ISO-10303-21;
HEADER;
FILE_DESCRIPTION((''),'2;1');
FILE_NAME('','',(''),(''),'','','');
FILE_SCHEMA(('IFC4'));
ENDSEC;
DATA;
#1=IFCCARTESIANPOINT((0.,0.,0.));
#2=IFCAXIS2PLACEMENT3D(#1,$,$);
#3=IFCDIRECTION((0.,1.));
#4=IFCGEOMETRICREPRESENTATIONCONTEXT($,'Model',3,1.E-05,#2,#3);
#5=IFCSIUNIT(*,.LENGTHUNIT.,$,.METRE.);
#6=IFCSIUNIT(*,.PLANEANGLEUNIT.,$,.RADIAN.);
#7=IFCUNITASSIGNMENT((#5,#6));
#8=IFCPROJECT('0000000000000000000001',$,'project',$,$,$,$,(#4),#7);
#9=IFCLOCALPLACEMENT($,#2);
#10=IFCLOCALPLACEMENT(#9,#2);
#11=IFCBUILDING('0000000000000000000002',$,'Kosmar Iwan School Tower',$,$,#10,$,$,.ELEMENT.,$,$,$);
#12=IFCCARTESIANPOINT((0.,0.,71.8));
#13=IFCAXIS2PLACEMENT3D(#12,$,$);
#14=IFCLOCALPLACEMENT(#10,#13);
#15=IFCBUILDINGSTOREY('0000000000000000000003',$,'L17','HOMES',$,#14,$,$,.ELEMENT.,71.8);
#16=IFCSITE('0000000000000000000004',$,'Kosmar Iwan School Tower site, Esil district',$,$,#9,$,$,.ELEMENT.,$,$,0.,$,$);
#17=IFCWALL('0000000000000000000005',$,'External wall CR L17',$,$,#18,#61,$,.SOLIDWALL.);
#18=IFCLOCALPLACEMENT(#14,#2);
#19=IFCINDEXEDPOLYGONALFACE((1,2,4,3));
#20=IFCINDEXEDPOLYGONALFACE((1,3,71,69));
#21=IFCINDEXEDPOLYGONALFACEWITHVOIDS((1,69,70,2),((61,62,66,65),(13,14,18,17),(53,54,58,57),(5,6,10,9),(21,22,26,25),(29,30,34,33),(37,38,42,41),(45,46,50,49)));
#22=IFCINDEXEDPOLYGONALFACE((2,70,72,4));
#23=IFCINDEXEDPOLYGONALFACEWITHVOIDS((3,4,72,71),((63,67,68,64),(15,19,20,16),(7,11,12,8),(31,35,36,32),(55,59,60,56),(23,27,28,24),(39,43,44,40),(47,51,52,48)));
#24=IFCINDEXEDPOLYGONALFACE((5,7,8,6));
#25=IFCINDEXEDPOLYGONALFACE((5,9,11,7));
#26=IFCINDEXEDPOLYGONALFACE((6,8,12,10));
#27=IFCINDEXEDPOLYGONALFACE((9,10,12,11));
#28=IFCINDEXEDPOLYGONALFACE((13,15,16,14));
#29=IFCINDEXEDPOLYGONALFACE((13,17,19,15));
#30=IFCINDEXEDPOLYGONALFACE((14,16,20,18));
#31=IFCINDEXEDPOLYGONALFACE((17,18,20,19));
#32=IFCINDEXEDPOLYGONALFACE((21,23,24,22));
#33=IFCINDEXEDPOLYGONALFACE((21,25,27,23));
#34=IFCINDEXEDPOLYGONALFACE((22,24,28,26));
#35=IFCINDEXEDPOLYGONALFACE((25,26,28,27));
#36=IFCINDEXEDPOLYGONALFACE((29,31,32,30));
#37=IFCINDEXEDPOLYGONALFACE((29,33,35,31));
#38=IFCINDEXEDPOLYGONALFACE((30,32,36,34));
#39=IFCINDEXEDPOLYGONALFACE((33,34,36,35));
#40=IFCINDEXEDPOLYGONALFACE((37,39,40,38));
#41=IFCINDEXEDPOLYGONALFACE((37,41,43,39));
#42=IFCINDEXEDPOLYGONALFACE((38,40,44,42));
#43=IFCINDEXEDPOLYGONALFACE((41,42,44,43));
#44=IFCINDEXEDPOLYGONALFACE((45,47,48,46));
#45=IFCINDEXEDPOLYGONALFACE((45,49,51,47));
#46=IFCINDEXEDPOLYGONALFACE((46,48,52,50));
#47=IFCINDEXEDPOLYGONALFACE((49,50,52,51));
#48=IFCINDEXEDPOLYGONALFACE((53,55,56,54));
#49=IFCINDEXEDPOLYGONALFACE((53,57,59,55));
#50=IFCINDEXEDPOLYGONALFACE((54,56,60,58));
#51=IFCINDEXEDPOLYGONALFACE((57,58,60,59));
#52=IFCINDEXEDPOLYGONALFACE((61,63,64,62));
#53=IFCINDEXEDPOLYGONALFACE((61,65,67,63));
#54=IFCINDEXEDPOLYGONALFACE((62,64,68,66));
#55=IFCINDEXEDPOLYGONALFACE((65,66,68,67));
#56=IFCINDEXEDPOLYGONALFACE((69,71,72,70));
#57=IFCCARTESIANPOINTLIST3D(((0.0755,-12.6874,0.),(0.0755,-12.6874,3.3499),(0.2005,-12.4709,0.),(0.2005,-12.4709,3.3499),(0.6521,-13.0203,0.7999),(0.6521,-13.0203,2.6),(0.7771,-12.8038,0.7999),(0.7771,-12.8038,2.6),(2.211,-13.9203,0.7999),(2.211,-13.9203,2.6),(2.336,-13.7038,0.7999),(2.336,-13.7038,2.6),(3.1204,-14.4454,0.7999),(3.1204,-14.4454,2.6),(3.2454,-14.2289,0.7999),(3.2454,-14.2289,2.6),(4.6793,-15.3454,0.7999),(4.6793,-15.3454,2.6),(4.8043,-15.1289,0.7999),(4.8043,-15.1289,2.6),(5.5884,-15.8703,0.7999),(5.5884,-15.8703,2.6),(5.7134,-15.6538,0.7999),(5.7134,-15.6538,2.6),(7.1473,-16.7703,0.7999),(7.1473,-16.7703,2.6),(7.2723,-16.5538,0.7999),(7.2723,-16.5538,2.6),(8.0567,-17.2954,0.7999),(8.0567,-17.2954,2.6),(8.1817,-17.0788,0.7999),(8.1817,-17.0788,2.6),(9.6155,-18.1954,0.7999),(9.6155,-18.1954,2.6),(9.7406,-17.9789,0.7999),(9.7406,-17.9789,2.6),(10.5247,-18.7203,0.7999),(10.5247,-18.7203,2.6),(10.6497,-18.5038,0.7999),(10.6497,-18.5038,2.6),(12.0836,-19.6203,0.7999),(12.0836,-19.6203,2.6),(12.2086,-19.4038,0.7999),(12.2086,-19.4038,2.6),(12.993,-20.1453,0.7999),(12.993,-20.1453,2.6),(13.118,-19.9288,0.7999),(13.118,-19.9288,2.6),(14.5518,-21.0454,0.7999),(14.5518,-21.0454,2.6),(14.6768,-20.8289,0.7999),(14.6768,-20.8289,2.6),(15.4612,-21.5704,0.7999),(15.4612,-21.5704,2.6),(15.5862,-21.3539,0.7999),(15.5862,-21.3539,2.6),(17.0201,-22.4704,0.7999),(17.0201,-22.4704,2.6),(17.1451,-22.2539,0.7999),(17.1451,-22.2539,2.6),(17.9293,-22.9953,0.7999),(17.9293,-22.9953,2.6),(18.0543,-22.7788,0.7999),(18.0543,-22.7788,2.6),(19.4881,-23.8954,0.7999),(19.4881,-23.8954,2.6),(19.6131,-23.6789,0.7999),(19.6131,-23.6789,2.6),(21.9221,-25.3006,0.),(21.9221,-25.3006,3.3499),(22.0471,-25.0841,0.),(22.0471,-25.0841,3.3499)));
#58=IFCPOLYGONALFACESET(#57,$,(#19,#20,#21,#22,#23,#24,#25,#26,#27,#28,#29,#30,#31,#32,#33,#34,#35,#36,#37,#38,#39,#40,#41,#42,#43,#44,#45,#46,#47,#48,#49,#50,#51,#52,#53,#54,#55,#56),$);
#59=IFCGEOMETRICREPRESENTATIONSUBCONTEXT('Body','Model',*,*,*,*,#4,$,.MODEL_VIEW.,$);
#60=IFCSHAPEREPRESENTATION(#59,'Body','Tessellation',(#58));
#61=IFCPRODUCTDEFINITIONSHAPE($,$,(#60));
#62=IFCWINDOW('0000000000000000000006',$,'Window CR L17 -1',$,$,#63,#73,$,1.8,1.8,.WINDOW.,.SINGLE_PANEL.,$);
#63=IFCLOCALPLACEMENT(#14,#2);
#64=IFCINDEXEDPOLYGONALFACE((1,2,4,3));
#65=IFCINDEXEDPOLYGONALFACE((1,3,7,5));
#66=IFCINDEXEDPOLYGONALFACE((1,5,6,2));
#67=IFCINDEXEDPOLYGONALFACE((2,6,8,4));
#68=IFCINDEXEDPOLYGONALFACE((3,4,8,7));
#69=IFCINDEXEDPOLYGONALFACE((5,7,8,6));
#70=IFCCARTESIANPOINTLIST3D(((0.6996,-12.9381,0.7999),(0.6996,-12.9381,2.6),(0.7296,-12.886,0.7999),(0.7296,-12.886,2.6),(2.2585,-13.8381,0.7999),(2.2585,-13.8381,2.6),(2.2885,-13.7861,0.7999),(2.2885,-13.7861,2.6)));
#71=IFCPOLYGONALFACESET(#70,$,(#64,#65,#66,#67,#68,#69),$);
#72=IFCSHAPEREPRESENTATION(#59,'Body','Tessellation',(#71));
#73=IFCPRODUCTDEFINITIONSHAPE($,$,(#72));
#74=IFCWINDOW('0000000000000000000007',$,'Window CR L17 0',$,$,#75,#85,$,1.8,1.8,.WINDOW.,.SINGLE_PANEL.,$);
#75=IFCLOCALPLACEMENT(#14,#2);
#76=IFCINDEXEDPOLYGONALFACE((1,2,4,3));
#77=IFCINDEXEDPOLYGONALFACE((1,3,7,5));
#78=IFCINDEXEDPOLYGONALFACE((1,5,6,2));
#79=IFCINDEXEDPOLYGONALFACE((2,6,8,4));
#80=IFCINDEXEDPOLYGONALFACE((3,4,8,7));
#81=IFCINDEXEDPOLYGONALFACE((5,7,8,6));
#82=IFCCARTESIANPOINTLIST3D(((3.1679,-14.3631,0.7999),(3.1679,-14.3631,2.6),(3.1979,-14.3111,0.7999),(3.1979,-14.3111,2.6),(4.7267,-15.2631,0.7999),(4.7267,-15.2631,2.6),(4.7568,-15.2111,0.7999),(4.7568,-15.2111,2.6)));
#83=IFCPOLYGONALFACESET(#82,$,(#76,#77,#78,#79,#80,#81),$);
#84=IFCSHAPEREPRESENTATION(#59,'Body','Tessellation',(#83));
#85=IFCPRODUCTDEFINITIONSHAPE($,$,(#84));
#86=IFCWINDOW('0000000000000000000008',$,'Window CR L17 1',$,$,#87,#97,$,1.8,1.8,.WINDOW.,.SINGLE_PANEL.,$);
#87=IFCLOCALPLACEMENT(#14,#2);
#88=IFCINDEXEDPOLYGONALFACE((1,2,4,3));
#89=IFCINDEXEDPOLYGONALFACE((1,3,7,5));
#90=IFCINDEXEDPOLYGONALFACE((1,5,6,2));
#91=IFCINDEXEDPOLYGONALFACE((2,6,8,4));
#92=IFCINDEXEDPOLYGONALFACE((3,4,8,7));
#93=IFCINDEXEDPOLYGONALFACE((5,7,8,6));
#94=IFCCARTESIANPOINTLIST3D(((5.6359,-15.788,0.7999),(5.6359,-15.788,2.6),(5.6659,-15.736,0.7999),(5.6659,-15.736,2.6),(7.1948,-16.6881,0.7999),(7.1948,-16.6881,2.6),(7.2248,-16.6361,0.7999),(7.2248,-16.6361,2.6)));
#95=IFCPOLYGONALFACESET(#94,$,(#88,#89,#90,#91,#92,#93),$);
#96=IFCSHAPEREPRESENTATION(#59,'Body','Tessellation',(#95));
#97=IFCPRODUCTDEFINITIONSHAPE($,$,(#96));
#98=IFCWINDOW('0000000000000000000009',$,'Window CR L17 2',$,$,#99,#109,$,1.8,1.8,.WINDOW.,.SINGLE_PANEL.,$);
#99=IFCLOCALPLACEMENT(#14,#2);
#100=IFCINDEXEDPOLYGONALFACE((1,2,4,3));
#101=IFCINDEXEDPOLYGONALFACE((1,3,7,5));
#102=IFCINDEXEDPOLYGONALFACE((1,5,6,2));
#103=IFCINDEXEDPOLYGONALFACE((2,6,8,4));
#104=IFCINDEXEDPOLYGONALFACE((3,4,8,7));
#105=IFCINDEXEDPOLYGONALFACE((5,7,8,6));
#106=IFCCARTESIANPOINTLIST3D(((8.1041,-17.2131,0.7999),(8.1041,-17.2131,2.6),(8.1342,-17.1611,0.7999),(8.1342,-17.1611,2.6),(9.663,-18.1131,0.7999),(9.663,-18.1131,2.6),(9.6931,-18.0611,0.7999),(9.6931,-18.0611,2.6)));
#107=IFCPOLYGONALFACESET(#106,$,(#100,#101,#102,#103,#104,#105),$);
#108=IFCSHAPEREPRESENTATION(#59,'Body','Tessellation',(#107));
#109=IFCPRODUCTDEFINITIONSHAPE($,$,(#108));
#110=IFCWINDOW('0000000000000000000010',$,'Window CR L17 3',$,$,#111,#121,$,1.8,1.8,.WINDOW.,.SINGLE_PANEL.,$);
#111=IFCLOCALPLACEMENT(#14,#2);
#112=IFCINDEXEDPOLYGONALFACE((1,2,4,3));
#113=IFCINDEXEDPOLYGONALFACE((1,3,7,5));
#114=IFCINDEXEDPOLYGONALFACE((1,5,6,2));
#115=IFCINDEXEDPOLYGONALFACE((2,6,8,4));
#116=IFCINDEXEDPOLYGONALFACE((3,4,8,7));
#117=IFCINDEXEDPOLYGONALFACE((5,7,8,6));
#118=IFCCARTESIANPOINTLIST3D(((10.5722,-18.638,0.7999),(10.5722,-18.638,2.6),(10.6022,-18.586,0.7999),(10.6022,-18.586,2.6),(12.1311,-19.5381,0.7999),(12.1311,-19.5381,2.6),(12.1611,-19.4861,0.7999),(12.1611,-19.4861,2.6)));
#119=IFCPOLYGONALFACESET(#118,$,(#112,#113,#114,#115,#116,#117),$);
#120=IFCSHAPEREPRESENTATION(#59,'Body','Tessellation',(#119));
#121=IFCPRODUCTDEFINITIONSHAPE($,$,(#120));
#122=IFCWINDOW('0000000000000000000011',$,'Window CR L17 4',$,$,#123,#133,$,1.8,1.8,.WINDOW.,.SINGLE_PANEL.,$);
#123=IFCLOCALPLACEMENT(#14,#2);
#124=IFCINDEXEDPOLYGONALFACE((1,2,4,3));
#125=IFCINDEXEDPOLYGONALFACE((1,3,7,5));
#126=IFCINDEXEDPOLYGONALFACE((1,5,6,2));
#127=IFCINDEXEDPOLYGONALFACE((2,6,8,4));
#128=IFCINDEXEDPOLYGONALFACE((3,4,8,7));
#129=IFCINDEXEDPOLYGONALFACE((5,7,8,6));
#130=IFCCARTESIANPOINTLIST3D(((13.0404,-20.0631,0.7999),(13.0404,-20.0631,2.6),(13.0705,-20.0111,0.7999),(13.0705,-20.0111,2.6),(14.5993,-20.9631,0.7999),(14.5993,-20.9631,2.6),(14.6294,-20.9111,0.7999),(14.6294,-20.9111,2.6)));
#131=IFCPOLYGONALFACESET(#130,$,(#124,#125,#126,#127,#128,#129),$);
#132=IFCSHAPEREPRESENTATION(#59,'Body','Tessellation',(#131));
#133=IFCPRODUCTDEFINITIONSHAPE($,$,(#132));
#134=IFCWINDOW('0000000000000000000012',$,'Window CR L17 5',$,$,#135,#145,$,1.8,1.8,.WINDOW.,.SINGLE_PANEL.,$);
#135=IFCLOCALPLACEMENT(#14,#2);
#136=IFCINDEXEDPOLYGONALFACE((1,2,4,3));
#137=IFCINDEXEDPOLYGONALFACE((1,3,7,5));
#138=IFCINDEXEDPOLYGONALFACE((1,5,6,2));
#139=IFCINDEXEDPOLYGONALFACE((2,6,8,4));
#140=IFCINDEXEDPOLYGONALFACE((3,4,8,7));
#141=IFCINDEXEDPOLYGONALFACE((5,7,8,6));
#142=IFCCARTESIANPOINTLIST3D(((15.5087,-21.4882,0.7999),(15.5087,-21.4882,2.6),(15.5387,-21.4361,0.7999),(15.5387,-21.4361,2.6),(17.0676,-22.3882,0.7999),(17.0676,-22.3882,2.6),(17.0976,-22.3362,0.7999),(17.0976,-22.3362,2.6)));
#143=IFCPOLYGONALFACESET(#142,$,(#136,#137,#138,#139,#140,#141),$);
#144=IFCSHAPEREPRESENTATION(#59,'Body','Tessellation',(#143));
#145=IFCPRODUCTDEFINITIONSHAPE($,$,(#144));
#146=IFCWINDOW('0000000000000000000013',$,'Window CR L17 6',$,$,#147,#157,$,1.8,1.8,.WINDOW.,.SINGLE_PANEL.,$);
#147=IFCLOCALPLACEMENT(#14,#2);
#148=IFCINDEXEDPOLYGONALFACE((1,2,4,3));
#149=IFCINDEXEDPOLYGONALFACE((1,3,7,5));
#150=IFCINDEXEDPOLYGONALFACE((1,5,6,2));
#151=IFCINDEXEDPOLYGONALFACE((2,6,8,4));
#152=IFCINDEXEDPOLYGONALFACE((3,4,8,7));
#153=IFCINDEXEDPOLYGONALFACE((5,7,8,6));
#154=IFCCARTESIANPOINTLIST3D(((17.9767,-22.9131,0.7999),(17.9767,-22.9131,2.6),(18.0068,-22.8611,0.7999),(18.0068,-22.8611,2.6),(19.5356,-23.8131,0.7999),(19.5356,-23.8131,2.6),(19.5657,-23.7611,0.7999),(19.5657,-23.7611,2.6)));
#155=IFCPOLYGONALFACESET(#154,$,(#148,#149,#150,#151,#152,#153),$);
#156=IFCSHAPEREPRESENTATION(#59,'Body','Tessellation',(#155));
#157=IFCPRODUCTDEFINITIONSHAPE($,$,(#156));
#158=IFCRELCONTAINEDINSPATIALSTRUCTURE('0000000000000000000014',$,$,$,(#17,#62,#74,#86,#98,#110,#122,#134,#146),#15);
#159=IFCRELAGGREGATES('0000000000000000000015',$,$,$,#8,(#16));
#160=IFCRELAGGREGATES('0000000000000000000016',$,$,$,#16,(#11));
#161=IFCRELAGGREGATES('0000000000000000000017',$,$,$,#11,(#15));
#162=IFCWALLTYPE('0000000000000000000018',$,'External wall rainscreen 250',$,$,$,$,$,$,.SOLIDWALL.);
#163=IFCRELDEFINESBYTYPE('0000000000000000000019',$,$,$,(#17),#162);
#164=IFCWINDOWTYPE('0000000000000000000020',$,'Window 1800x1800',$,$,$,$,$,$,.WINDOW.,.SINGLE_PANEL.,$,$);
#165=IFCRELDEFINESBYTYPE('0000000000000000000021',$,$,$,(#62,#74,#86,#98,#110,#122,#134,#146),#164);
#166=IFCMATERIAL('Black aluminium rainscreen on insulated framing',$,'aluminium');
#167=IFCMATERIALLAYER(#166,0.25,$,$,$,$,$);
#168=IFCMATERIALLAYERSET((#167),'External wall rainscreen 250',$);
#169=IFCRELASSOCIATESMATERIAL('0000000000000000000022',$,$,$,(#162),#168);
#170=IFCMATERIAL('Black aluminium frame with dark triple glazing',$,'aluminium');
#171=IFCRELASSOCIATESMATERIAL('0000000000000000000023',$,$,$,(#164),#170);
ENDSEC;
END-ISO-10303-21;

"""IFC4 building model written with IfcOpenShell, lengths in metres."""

from ifc_helpers import new_model, si_unit, direction, frame, frame_2d, origin, place, context, subcontext, project, spatial, rectangle, extrude, material, layer, layer_set, type_object, element, fill, save


model = new_model("IFC4")

# Units and contexts
model_context = context("Model", 3, precision=1e-05, world=origin(), true_north=direction((0.0, 1.0)))
body_context = subcontext(model_context, "Body", "Model", "MODEL_VIEW")
ifc_project = project(units=[si_unit("LENGTHUNIT", "METRE"), si_unit("PLANEANGLEUNIT", "RADIAN")], contexts=[model_context])

# Site, building, storey
site_placement = place(None, origin())
site = spatial("IfcSite", under=ifc_project, at=site_placement, Name="Kosmar Iwan School Tower site, Esil district", CompositionType="ELEMENT", RefElevation=0.0)
building_placement = place(site_placement, origin())
building = spatial("IfcBuilding", under=site, at=building_placement, Name="Kosmar Iwan School Tower", CompositionType="ELEMENT")
storey_placement = place(building_placement, frame((0.0, 0.0, 71.8)))
storey = spatial("IfcBuildingStorey", under=building, at=storey_placement, Name="L17", Description="HOMES", CompositionType="ELEMENT", Elevation=71.8)

# Wall, openings, windows
ifc_material_1 = material(Name="Black aluminium rainscreen on insulated framing", Category="aluminium")
ifc_layer_1 = layer(ifc_material_1, 0.25)
ifc_layer_set_1 = layer_set([ifc_layer_1], Name="External wall rainscreen 250")
wall_type_1 = type_object("IfcWallType", Name="External wall rainscreen 250", PredefinedType="SOLIDWALL", material=ifc_layer_set_1)
wall_1_placement = place(storey_placement, frame((0.1379, -12.5791, 0.0), z_axis=(0.0, 0.0, 1.0), x_axis=(0.866024, -0.500003, 0.0)))
wall_1 = element("IfcWall", 1, at=wall_1_placement, inside=storey, type_object=wall_type_1, Name="External wall CR L17", PredefinedType="SOLIDWALL", context=body_context, shape_type="SweptSolid", body=[
    extrude(rectangle(XDim=25.2263, YDim=0.25, at=frame_2d((12.6133, 0.0))), origin(), (0.0, 0.0, 1.0), 3.3499),
])
opening_1_placement = place(wall_1_placement, frame((0.666, 0.0, 0.8)))
opening_1 = element("IfcOpeningElement", 2, at=opening_1_placement, cuts=wall_1, PredefinedType="OPENING", context=body_context, shape_type="SweptSolid", body=[
    extrude(rectangle(XDim=1.8, YDim=1.8, at=frame_2d((0.8999, 0.8999))), frame((0.0, 0.137, 0.0), z_axis=(0.0, -1.0, 0.0), x_axis=(1.0, 0.0, 0.0)), (0.0, 0.0, 1.0), 0.2739),
])
opening_2_placement = place(wall_1_placement, frame((3.5161, 0.0, 0.8)))
opening_2 = element("IfcOpeningElement", 3, at=opening_2_placement, cuts=wall_1, PredefinedType="OPENING", context=body_context, shape_type="SweptSolid", body=[
    extrude(rectangle(XDim=1.8, YDim=1.8, at=frame_2d((0.8999, 0.8999))), frame((0.0, 0.137, 0.0), z_axis=(0.0, -1.0, 0.0), x_axis=(1.0, 0.0, 0.0)), (0.0, 0.0, 1.0), 0.2739),
])
opening_3_placement = place(wall_1_placement, frame((6.366, 0.0, 0.8)))
opening_3 = element("IfcOpeningElement", 4, at=opening_3_placement, cuts=wall_1, PredefinedType="OPENING", context=body_context, shape_type="SweptSolid", body=[
    extrude(rectangle(XDim=1.8, YDim=1.8, at=frame_2d((0.8999, 0.8999))), frame((0.0, 0.137, 0.0), z_axis=(0.0, -1.0, 0.0), x_axis=(1.0, 0.0, 0.0)), (0.0, 0.0, 1.0), 0.2739),
])
opening_4_placement = place(wall_1_placement, frame((9.2161, 0.0, 0.8)))
opening_4 = element("IfcOpeningElement", 5, at=opening_4_placement, cuts=wall_1, PredefinedType="OPENING", context=body_context, shape_type="SweptSolid", body=[
    extrude(rectangle(XDim=1.8, YDim=1.8, at=frame_2d((0.8999, 0.8999))), frame((0.0, 0.137, 0.0), z_axis=(0.0, -1.0, 0.0), x_axis=(1.0, 0.0, 0.0)), (0.0, 0.0, 1.0), 0.2739),
])
opening_5_placement = place(wall_1_placement, frame((12.0659, 0.0, 0.8)))
opening_5 = element("IfcOpeningElement", 6, at=opening_5_placement, cuts=wall_1, PredefinedType="OPENING", context=body_context, shape_type="SweptSolid", body=[
    extrude(rectangle(XDim=1.8, YDim=1.8, at=frame_2d((0.8999, 0.8999))), frame((0.0, 0.137, 0.0), z_axis=(0.0, -1.0, 0.0), x_axis=(1.0, 0.0, 0.0)), (0.0, 0.0, 1.0), 0.2739),
])
opening_6_placement = place(wall_1_placement, frame((14.916, 0.0, 0.8)))
opening_6 = element("IfcOpeningElement", 7, at=opening_6_placement, cuts=wall_1, PredefinedType="OPENING", context=body_context, shape_type="SweptSolid", body=[
    extrude(rectangle(XDim=1.8, YDim=1.8, at=frame_2d((0.8999, 0.8999))), frame((0.0, 0.137, 0.0), z_axis=(0.0, -1.0, 0.0), x_axis=(1.0, 0.0, 0.0)), (0.0, 0.0, 1.0), 0.2739),
])
opening_7_placement = place(wall_1_placement, frame((17.7661, 0.0, 0.8)))
opening_7 = element("IfcOpeningElement", 8, at=opening_7_placement, cuts=wall_1, PredefinedType="OPENING", context=body_context, shape_type="SweptSolid", body=[
    extrude(rectangle(XDim=1.8, YDim=1.8, at=frame_2d((0.8999, 0.8999))), frame((0.0, 0.137, 0.0), z_axis=(0.0, -1.0, 0.0), x_axis=(1.0, 0.0, 0.0)), (0.0, 0.0, 1.0), 0.2739),
])
opening_8_placement = place(wall_1_placement, frame((20.616, 0.0, 0.8)))
opening_8 = element("IfcOpeningElement", 9, at=opening_8_placement, cuts=wall_1, PredefinedType="OPENING", context=body_context, shape_type="SweptSolid", body=[
    extrude(rectangle(XDim=1.8, YDim=1.8, at=frame_2d((0.8999, 0.8999))), frame((0.0, 0.137, 0.0), z_axis=(0.0, -1.0, 0.0), x_axis=(1.0, 0.0, 0.0)), (0.0, 0.0, 1.0), 0.2739),
])
ifc_material_2 = material(Name="Black aluminium frame with dark triple glazing", Category="aluminium")
window_type = type_object("IfcWindowType", Name="Window 1800x1800", PartitioningType="SINGLE_PANEL", PredefinedType="WINDOW", material=ifc_material_2)
window_1_placement = place(opening_1_placement, origin())
window_1 = element("IfcWindow", 10, at=window_1_placement, inside=storey, type_object=window_type, Name="Window CR L17 -1", OverallHeight=1.8, OverallWidth=1.8, PartitioningType="SINGLE_PANEL", PredefinedType="WINDOW", context=body_context, shape_type="SweptSolid", body=[
    extrude(rectangle(XDim=1.8, YDim=1.8, at=frame_2d((0.8999, 0.8999))), frame((0.0, 0.03, 0.0), z_axis=(0.0, -1.0, 0.0), x_axis=(1.0, 0.0, 0.0)), (0.0, 0.0, 1.0), 0.0601),
])
fill(opening_1, window_1)
window_2_placement = place(opening_2_placement, origin())
window_2 = element("IfcWindow", 11, at=window_2_placement, inside=storey, type_object=window_type, Name="Window CR L17 0", OverallHeight=1.8, OverallWidth=1.8, PartitioningType="SINGLE_PANEL", PredefinedType="WINDOW", context=body_context, shape_type="SweptSolid", body=[
    extrude(rectangle(XDim=1.8, YDim=1.8, at=frame_2d((0.8999, 0.8999))), frame((0.0, 0.03, 0.0), z_axis=(0.0, -1.0, 0.0), x_axis=(1.0, 0.0, 0.0)), (0.0, 0.0, 1.0), 0.0601),
])
fill(opening_2, window_2)
window_3_placement = place(opening_3_placement, origin())
window_3 = element("IfcWindow", 12, at=window_3_placement, inside=storey, type_object=window_type, Name="Window CR L17 1", OverallHeight=1.8, OverallWidth=1.8, PartitioningType="SINGLE_PANEL", PredefinedType="WINDOW", context=body_context, shape_type="SweptSolid", body=[
    extrude(rectangle(XDim=1.8, YDim=1.8, at=frame_2d((0.8999, 0.8999))), frame((0.0, 0.03, 0.0), z_axis=(0.0, -1.0, 0.0), x_axis=(1.0, 0.0, 0.0)), (0.0, 0.0, 1.0), 0.0601),
])
fill(opening_3, window_3)
window_4_placement = place(opening_4_placement, origin())
window_4 = element("IfcWindow", 13, at=window_4_placement, inside=storey, type_object=window_type, Name="Window CR L17 2", OverallHeight=1.8, OverallWidth=1.8, PartitioningType="SINGLE_PANEL", PredefinedType="WINDOW", context=body_context, shape_type="SweptSolid", body=[
    extrude(rectangle(XDim=1.8, YDim=1.8, at=frame_2d((0.8999, 0.8999))), frame((0.0, 0.03, 0.0), z_axis=(0.0, -1.0, 0.0), x_axis=(1.0, 0.0, 0.0)), (0.0, 0.0, 1.0), 0.0601),
])
fill(opening_4, window_4)
window_5_placement = place(opening_5_placement, origin())
window_5 = element("IfcWindow", 14, at=window_5_placement, inside=storey, type_object=window_type, Name="Window CR L17 3", OverallHeight=1.8, OverallWidth=1.8, PartitioningType="SINGLE_PANEL", PredefinedType="WINDOW", context=body_context, shape_type="SweptSolid", body=[
    extrude(rectangle(XDim=1.8, YDim=1.8, at=frame_2d((0.8999, 0.8999))), frame((0.0, 0.03, 0.0), z_axis=(0.0, -1.0, 0.0), x_axis=(1.0, 0.0, 0.0)), (0.0, 0.0, 1.0), 0.0601),
])
fill(opening_5, window_5)
window_6_placement = place(opening_6_placement, origin())
window_6 = element("IfcWindow", 15, at=window_6_placement, inside=storey, type_object=window_type, Name="Window CR L17 4", OverallHeight=1.8, OverallWidth=1.8, PartitioningType="SINGLE_PANEL", PredefinedType="WINDOW", context=body_context, shape_type="SweptSolid", body=[
    extrude(rectangle(XDim=1.8, YDim=1.8, at=frame_2d((0.8999, 0.8999))), frame((0.0, 0.03, 0.0), z_axis=(0.0, -1.0, 0.0), x_axis=(1.0, 0.0, 0.0)), (0.0, 0.0, 1.0), 0.0601),
])
fill(opening_6, window_6)
window_7_placement = place(opening_7_placement, origin())
window_7 = element("IfcWindow", 16, at=window_7_placement, inside=storey, type_object=window_type, Name="Window CR L17 5", OverallHeight=1.8, OverallWidth=1.8, PartitioningType="SINGLE_PANEL", PredefinedType="WINDOW", context=body_context, shape_type="SweptSolid", body=[
    extrude(rectangle(XDim=1.8, YDim=1.8, at=frame_2d((0.8999, 0.8999))), frame((0.0, 0.03, 0.0), z_axis=(0.0, -1.0, 0.0), x_axis=(1.0, 0.0, 0.0)), (0.0, 0.0, 1.0), 0.0601),
])
fill(opening_7, window_7)
window_8_placement = place(opening_8_placement, origin())
window_8 = element("IfcWindow", 17, at=window_8_placement, inside=storey, type_object=window_type, Name="Window CR L17 6", OverallHeight=1.8, OverallWidth=1.8, PartitioningType="SINGLE_PANEL", PredefinedType="WINDOW", context=body_context, shape_type="SweptSolid", body=[
    extrude(rectangle(XDim=1.8, YDim=1.8, at=frame_2d((0.8999, 0.8999))), frame((0.0, 0.03, 0.0), z_axis=(0.0, -1.0, 0.0), x_axis=(1.0, 0.0, 0.0)), (0.0, 0.0, 1.0), 0.0601),
])
fill(opening_8, window_8)

save(model, "model.ifc")
